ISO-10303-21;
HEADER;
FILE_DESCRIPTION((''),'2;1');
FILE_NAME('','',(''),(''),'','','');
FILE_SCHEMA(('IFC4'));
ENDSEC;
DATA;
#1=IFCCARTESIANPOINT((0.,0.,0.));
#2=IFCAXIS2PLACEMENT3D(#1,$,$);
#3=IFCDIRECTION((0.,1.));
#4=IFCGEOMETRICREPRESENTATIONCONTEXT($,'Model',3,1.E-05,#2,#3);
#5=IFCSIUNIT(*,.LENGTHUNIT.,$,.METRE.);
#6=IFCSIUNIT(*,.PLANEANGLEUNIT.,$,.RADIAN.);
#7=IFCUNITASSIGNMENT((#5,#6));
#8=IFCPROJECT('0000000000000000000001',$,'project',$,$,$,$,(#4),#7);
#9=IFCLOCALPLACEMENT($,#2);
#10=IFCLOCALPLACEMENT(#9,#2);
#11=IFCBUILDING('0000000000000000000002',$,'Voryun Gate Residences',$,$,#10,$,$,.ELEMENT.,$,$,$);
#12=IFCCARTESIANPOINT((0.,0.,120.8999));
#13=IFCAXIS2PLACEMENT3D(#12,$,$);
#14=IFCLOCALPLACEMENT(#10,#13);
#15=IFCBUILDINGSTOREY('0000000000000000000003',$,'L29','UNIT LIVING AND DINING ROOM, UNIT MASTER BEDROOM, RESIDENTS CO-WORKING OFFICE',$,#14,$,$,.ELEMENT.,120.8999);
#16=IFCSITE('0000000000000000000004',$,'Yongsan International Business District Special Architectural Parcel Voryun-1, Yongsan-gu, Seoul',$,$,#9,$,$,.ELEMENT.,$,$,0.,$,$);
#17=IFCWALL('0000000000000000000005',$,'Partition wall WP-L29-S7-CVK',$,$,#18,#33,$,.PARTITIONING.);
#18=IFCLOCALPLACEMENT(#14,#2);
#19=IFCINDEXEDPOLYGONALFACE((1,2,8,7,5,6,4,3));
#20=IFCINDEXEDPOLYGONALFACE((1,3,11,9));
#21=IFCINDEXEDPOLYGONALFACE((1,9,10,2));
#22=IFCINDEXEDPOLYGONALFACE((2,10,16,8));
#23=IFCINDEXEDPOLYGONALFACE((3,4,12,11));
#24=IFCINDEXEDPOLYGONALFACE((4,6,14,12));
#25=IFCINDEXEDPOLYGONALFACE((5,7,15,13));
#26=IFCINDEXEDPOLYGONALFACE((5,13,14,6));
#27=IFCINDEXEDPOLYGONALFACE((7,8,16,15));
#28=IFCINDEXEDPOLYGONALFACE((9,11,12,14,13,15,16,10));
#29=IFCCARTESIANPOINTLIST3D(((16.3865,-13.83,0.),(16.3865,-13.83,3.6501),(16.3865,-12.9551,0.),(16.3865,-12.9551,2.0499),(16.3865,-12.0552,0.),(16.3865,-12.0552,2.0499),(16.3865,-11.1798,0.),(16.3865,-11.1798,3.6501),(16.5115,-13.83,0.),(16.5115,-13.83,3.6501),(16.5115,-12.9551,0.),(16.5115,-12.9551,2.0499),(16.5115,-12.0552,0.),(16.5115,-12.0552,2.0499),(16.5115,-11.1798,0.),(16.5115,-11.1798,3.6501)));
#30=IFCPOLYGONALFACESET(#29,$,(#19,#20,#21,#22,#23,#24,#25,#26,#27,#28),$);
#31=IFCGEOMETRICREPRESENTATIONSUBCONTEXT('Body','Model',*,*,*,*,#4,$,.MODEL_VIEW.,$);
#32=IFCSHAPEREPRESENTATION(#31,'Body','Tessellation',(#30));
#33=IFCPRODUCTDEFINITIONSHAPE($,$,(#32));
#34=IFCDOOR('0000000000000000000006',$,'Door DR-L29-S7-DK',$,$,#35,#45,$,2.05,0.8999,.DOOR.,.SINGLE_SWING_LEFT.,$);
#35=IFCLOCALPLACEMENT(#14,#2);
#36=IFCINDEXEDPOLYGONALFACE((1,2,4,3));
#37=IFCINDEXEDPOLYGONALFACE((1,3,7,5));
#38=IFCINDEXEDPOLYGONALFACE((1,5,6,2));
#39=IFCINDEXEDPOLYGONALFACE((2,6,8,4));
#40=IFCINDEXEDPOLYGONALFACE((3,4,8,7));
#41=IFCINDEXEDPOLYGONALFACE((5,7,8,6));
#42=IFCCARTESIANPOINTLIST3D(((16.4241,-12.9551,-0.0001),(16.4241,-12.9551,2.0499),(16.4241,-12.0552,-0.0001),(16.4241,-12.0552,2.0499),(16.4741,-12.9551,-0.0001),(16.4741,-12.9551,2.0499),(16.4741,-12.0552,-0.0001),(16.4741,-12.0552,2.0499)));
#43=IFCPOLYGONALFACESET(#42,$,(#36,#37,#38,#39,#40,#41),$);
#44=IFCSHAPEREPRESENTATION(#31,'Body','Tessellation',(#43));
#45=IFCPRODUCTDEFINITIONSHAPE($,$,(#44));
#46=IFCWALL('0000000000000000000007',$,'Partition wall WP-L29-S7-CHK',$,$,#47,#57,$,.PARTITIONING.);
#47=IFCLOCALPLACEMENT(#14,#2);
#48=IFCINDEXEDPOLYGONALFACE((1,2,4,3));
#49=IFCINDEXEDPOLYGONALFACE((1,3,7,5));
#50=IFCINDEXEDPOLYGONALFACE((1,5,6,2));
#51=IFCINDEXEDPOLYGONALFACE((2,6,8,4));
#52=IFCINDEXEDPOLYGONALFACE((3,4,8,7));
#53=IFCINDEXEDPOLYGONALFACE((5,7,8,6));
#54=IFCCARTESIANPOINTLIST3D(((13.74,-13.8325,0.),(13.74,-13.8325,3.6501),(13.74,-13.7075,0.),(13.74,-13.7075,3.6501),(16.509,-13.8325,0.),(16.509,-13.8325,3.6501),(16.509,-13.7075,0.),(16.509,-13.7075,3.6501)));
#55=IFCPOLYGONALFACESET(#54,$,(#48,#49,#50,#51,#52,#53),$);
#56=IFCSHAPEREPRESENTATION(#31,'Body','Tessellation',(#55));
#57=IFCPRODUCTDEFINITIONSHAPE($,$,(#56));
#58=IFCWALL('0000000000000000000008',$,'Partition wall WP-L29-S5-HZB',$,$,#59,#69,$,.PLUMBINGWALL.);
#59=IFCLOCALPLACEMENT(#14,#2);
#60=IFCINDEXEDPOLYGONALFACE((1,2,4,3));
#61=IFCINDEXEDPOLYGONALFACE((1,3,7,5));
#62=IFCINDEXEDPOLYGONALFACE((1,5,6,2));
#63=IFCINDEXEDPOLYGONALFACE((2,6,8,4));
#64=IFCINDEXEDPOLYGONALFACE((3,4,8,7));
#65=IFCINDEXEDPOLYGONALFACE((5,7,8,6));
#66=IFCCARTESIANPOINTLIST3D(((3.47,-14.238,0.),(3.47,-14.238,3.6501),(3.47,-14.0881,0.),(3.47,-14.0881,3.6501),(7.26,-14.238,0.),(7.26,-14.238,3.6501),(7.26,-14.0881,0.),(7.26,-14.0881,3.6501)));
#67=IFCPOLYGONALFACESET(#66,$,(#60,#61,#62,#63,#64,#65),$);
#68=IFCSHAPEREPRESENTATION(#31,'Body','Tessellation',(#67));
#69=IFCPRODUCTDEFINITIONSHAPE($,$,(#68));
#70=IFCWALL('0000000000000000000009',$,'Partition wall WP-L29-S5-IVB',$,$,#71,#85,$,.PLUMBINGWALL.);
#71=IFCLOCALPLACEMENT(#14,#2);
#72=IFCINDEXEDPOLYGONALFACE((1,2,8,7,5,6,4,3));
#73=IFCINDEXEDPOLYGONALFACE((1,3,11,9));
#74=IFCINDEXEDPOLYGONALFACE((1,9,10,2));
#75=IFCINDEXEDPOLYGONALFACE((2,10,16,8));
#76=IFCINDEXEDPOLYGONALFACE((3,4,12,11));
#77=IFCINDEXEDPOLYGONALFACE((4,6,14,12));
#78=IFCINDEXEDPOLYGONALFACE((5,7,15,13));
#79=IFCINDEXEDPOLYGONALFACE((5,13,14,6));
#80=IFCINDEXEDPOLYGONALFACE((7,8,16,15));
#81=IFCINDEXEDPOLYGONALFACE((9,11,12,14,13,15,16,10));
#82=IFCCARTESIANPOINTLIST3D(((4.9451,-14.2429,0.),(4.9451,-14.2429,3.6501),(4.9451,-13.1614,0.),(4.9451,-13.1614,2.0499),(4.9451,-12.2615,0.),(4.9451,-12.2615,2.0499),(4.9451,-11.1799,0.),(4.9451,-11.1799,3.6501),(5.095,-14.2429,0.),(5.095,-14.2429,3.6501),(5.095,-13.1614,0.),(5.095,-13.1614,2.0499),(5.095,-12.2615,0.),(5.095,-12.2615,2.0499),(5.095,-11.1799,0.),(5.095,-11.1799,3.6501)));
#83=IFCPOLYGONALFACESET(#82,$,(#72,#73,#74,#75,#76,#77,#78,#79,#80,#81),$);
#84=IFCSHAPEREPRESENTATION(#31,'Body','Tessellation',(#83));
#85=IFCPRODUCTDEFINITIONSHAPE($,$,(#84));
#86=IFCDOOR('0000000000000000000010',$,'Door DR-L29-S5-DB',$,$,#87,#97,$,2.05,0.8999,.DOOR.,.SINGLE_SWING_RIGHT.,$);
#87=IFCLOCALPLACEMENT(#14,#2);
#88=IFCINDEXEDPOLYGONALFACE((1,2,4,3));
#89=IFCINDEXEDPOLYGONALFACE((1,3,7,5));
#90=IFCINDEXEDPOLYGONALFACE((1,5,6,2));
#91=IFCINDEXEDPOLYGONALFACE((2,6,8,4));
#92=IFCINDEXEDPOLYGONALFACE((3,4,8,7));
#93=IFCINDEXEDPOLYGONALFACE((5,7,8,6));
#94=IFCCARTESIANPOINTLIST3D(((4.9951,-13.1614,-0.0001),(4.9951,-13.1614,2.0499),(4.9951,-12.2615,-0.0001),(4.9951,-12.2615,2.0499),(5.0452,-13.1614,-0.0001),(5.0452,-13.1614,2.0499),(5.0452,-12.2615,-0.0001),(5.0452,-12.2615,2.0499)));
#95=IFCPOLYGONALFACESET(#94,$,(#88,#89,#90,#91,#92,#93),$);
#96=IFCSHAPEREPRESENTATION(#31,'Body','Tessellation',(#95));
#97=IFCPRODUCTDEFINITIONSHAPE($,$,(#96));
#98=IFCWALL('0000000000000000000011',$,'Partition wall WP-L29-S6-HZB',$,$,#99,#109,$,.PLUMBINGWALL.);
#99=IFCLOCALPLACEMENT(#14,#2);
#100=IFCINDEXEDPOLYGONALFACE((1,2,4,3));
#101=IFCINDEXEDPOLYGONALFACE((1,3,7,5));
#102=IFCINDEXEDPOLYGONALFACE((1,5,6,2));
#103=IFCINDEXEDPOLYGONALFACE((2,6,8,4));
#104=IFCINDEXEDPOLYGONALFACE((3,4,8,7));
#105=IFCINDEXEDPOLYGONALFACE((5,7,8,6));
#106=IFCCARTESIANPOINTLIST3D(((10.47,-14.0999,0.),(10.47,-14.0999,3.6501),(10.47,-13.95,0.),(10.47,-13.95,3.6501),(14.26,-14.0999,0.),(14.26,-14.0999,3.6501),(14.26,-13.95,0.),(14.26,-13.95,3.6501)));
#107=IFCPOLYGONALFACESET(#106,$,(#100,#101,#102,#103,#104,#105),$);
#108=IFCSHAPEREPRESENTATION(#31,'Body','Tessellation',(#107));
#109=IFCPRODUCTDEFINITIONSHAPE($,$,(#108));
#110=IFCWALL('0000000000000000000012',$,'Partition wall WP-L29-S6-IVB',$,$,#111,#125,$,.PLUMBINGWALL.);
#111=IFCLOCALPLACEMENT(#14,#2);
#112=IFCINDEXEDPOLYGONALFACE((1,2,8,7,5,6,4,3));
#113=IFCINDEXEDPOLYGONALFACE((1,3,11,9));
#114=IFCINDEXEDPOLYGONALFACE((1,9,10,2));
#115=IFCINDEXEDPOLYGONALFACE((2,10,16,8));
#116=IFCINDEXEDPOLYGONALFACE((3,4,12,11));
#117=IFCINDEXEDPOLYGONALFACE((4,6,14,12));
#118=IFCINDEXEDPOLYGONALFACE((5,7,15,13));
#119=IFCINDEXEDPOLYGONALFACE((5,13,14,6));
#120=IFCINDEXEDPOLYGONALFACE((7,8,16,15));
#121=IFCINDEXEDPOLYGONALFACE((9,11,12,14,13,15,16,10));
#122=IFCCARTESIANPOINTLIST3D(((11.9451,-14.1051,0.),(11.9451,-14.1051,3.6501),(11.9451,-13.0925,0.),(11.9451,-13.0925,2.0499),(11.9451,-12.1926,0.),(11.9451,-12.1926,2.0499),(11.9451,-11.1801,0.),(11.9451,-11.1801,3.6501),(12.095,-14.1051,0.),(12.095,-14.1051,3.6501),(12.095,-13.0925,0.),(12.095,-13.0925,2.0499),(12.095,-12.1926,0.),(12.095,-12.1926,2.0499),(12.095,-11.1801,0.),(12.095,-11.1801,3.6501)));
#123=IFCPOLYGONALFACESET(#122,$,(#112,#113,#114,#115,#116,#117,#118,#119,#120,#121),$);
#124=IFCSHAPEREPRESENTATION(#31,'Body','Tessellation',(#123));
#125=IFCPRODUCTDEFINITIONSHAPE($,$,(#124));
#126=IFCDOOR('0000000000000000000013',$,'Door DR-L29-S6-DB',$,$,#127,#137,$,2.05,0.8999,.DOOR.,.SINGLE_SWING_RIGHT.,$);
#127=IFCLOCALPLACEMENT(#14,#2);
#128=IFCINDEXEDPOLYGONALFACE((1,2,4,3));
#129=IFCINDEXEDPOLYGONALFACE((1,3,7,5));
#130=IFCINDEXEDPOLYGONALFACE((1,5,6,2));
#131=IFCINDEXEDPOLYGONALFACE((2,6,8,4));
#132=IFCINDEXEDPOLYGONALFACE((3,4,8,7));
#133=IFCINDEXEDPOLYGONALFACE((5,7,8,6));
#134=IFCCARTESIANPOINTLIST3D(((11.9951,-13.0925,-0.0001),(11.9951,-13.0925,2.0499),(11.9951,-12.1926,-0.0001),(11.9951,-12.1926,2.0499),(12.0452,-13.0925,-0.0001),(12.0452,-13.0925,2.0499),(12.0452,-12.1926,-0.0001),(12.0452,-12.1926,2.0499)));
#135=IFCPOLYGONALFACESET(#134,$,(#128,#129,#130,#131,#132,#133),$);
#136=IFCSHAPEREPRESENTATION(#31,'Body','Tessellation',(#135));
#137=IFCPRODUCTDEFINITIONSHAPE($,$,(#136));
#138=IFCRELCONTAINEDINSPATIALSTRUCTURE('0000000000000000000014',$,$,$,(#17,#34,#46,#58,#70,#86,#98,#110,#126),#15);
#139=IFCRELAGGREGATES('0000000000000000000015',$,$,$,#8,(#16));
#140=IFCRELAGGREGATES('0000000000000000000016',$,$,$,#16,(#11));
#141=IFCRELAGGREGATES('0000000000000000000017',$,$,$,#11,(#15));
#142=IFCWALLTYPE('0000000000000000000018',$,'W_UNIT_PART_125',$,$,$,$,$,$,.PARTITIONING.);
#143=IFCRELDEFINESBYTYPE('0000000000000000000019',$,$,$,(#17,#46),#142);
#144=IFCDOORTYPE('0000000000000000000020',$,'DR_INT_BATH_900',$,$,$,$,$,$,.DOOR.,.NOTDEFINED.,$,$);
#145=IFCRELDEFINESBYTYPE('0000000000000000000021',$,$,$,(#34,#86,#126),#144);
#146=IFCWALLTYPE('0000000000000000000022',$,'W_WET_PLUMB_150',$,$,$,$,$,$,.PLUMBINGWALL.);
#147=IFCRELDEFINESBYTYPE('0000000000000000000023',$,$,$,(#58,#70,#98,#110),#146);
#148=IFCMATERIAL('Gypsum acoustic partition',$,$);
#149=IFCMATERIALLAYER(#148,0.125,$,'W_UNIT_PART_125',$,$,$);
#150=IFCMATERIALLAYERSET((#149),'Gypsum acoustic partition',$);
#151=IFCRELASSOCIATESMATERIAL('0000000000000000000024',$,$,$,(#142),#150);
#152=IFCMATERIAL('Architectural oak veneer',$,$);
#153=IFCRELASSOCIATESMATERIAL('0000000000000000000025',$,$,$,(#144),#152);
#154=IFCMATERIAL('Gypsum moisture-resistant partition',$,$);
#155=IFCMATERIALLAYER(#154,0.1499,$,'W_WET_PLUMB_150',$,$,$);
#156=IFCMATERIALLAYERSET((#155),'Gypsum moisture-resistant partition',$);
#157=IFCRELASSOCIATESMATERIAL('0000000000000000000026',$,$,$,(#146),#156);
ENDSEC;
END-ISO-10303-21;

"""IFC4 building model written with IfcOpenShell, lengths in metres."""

from ifc_helpers import new_model, si_unit, direction, frame, frame_2d, origin, place, context, subcontext, project, spatial, rectangle, extrude, material, layer, layer_set, type_object, element, fill, save


model = new_model("IFC4")

# Units and contexts
model_context = context("Model", 3, precision=1e-05, world=origin(), true_north=direction((0.0, 1.0)))
body_context = subcontext(model_context, "Body", "Model", "MODEL_VIEW")
ifc_project = project(units=[si_unit("LENGTHUNIT", "METRE"), si_unit("PLANEANGLEUNIT", "RADIAN")], contexts=[model_context])

# Site, building, storey
site_placement = place(None, origin())
site = spatial("IfcSite", under=ifc_project, at=site_placement, Name="Yongsan International Business District Special Architectural Parcel Voryun-1, Yongsan-gu, Seoul", CompositionType="ELEMENT", RefElevation=0.0)
building_placement = place(site_placement, origin())
building = spatial("IfcBuilding", under=site, at=building_placement, Name="Voryun Gate Residences", CompositionType="ELEMENT")
storey_placement = place(building_placement, frame((0.0, 0.0, 120.8999)))
storey = spatial("IfcBuildingStorey", under=building, at=storey_placement, Name="L29", Description="UNIT LIVING AND DINING ROOM, UNIT MASTER BEDROOM, RESIDENTS CO-WORKING OFFICE", CompositionType="ELEMENT", Elevation=120.8999)

# Shared definitions
ifc_material_1 = material(Name="Gypsum acoustic partition")
ifc_layer_1 = layer(ifc_material_1, 0.125, Name="W_UNIT_PART_125")
ifc_layer_set_1 = layer_set([ifc_layer_1], Name="Gypsum acoustic partition")
wall_type_1 = type_object("IfcWallType", Name="W_UNIT_PART_125", PredefinedType="PARTITIONING", material=ifc_layer_set_1)
ifc_material_2 = material(Name="Architectural oak veneer")
door_type_1 = type_object("IfcDoorType", Name="DR_INT_BATH_900", OperationType="NOTDEFINED", PredefinedType="DOOR", material=ifc_material_2)

# Wall, opening, door
wall_1_placement = place(storey_placement, frame((16.449, -13.8301, 0.0), z_axis=(0.0, 0.0, 1.0), x_axis=(0.0, 1.0, 0.0)))
wall_1 = element("IfcWall", 1, at=wall_1_placement, inside=storey, type_object=wall_type_1, Name="Partition wall WP-L29-S7-CVK", PredefinedType="PARTITIONING", context=body_context, shape_type="SweptSolid", body=[
    extrude(rectangle(XDim=2.6501, YDim=0.125, at=frame_2d((1.3252, 0.0))), origin(), (0.0, 0.0, 1.0), 3.6501),
])
opening_1_placement = place(wall_1_placement, frame((0.875, 0.0, 0.0)))
opening_1 = element("IfcOpeningElement", 2, at=opening_1_placement, cuts=wall_1, PredefinedType="OPENING", context=body_context, shape_type="SweptSolid", body=[
    extrude(rectangle(XDim=0.8999, YDim=2.05, at=frame_2d((0.45, 1.0249))), frame((0.0, 0.0725, 0.0), z_axis=(0.0, -1.0, 0.0), x_axis=(1.0, 0.0, 0.0)), (0.0, 0.0, 1.0), 0.145),
])
door_1_placement = place(opening_1_placement, origin())
door_1 = element("IfcDoor", 3, at=door_1_placement, inside=storey, type_object=door_type_1, Name="Door DR-L29-S7-DK", OperationType="SINGLE_SWING_LEFT", OverallHeight=2.05, OverallWidth=0.8999, PredefinedType="DOOR", context=body_context, shape_type="SweptSolid", body=[
    extrude(rectangle(XDim=0.8999, YDim=2.05, at=frame_2d((0.45, 1.0249))), frame((0.0, 0.0249, 0.0), z_axis=(0.0, -1.0, 0.0), x_axis=(1.0, 0.0, 0.0)), (0.0, 0.0, 1.0), 0.05),
])
fill(opening_1, door_1)

# Walls
wall_2_placement = place(storey_placement, frame((13.74, -13.77, 0.0), z_axis=(0.0, 0.0, 1.0), x_axis=(1.0, 0.0, 0.0)))
element("IfcWall", 4, at=wall_2_placement, inside=storey, type_object=wall_type_1, Name="Partition wall WP-L29-S7-CHK", PredefinedType="PARTITIONING", context=body_context, shape_type="SweptSolid", body=[
    extrude(rectangle(XDim=2.769, YDim=0.125, at=frame_2d((1.3845, 0.0))), origin(), (0.0, 0.0, 1.0), 3.6501),
])
ifc_material_3 = material(Name="Gypsum moisture-resistant partition")
ifc_layer_2 = layer(ifc_material_3, 0.1499, Name="W_WET_PLUMB_150")
ifc_layer_set_2 = layer_set([ifc_layer_2], Name="Gypsum moisture-resistant partition")
wall_type_2 = type_object("IfcWallType", Name="W_WET_PLUMB_150", PredefinedType="PLUMBINGWALL", material=ifc_layer_set_2)
wall_3_placement = place(storey_placement, frame((3.47, -14.1631, 0.0), z_axis=(0.0, 0.0, 1.0), x_axis=(1.0, 0.0, 0.0)))
element("IfcWall", 5, at=wall_3_placement, inside=storey, type_object=wall_type_2, Name="Partition wall WP-L29-S5-HZB", PredefinedType="PLUMBINGWALL", context=body_context, shape_type="SweptSolid", body=[
    extrude(rectangle(XDim=3.79, YDim=0.1499, at=frame_2d((1.895, 0.0))), origin(), (0.0, 0.0, 1.0), 3.6501),
])

# Wall, opening, door
wall_4_placement = place(storey_placement, frame((5.02, -14.2429, 0.0), z_axis=(0.0, 0.0, 1.0), x_axis=(0.0, 1.0, 0.0)))
wall_4 = element("IfcWall", 6, at=wall_4_placement, inside=storey, type_object=wall_type_2, Name="Partition wall WP-L29-S5-IVB", PredefinedType="PLUMBINGWALL", context=body_context, shape_type="SweptSolid", body=[
    extrude(rectangle(XDim=3.063, YDim=0.1499, at=frame_2d((1.5315, 0.0))), origin(), (0.0, 0.0, 1.0), 3.6501),
])
opening_2_placement = place(wall_4_placement, frame((1.0815, 0.0, 0.0)))
opening_2 = element("IfcOpeningElement", 7, at=opening_2_placement, cuts=wall_4, PredefinedType="OPENING", context=body_context, shape_type="SweptSolid", body=[
    extrude(rectangle(XDim=0.8999, YDim=2.05, at=frame_2d((0.45, 1.0249))), frame((0.0, 0.085, 0.0), z_axis=(0.0, -1.0, 0.0), x_axis=(1.0, 0.0, 0.0)), (0.0, 0.0, 1.0), 0.1699),
])
door_2_placement = place(opening_2_placement, origin())
door_2 = element("IfcDoor", 8, at=door_2_placement, inside=storey, type_object=door_type_1, Name="Door DR-L29-S5-DB", OperationType="SINGLE_SWING_RIGHT", OverallHeight=2.05, OverallWidth=0.8999, PredefinedType="DOOR", context=body_context, shape_type="SweptSolid", body=[
    extrude(rectangle(XDim=0.8999, YDim=2.05, at=frame_2d((0.45, 1.0249))), frame((0.0, 0.0249, 0.0), z_axis=(0.0, -1.0, 0.0), x_axis=(1.0, 0.0, 0.0)), (0.0, 0.0, 1.0), 0.05),
])
fill(opening_2, door_2)

# Wall
wall_5_placement = place(storey_placement, frame((10.47, -14.0249, 0.0), z_axis=(0.0, 0.0, 1.0), x_axis=(1.0, 0.0, 0.0)))
element("IfcWall", 9, at=wall_5_placement, inside=storey, type_object=wall_type_2, Name="Partition wall WP-L29-S6-HZB", PredefinedType="PLUMBINGWALL", context=body_context, shape_type="SweptSolid", body=[
    extrude(rectangle(XDim=3.79, YDim=0.1499, at=frame_2d((1.895, 0.0))), origin(), (0.0, 0.0, 1.0), 3.6501),
])

# Wall, opening, door
wall_6_placement = place(storey_placement, frame((12.02, -14.105, 0.0), z_axis=(0.0, 0.0, 1.0), x_axis=(0.0, 1.0, 0.0)))
wall_6 = element("IfcWall", 10, at=wall_6_placement, inside=storey, type_object=wall_type_2, Name="Partition wall WP-L29-S6-IVB", PredefinedType="PLUMBINGWALL", context=body_context, shape_type="SweptSolid", body=[
    extrude(rectangle(XDim=2.925, YDim=0.1499, at=frame_2d((1.4624, 0.0))), origin(), (0.0, 0.0, 1.0), 3.6501),
])
opening_3_placement = place(wall_6_placement, frame((1.0125, 0.0, 0.0)))
opening_3 = element("IfcOpeningElement", 11, at=opening_3_placement, cuts=wall_6, PredefinedType="OPENING", context=body_context, shape_type="SweptSolid", body=[
    extrude(rectangle(XDim=0.8999, YDim=2.05, at=frame_2d((0.45, 1.0249))), frame((0.0, 0.085, 0.0), z_axis=(0.0, -1.0, 0.0), x_axis=(1.0, 0.0, 0.0)), (0.0, 0.0, 1.0), 0.1699),
])
door_3_placement = place(opening_3_placement, origin())
door_3 = element("IfcDoor", 12, at=door_3_placement, inside=storey, type_object=door_type_1, Name="Door DR-L29-S6-DB", OperationType="SINGLE_SWING_RIGHT", OverallHeight=2.05, OverallWidth=0.8999, PredefinedType="DOOR", context=body_context, shape_type="SweptSolid", body=[
    extrude(rectangle(XDim=0.8999, YDim=2.05, at=frame_2d((0.45, 1.0249))), frame((0.0, 0.0249, 0.0), z_axis=(0.0, -1.0, 0.0), x_axis=(1.0, 0.0, 0.0)), (0.0, 0.0, 1.0), 0.05),
])
fill(opening_3, door_3)

save(model, "model.ifc")
